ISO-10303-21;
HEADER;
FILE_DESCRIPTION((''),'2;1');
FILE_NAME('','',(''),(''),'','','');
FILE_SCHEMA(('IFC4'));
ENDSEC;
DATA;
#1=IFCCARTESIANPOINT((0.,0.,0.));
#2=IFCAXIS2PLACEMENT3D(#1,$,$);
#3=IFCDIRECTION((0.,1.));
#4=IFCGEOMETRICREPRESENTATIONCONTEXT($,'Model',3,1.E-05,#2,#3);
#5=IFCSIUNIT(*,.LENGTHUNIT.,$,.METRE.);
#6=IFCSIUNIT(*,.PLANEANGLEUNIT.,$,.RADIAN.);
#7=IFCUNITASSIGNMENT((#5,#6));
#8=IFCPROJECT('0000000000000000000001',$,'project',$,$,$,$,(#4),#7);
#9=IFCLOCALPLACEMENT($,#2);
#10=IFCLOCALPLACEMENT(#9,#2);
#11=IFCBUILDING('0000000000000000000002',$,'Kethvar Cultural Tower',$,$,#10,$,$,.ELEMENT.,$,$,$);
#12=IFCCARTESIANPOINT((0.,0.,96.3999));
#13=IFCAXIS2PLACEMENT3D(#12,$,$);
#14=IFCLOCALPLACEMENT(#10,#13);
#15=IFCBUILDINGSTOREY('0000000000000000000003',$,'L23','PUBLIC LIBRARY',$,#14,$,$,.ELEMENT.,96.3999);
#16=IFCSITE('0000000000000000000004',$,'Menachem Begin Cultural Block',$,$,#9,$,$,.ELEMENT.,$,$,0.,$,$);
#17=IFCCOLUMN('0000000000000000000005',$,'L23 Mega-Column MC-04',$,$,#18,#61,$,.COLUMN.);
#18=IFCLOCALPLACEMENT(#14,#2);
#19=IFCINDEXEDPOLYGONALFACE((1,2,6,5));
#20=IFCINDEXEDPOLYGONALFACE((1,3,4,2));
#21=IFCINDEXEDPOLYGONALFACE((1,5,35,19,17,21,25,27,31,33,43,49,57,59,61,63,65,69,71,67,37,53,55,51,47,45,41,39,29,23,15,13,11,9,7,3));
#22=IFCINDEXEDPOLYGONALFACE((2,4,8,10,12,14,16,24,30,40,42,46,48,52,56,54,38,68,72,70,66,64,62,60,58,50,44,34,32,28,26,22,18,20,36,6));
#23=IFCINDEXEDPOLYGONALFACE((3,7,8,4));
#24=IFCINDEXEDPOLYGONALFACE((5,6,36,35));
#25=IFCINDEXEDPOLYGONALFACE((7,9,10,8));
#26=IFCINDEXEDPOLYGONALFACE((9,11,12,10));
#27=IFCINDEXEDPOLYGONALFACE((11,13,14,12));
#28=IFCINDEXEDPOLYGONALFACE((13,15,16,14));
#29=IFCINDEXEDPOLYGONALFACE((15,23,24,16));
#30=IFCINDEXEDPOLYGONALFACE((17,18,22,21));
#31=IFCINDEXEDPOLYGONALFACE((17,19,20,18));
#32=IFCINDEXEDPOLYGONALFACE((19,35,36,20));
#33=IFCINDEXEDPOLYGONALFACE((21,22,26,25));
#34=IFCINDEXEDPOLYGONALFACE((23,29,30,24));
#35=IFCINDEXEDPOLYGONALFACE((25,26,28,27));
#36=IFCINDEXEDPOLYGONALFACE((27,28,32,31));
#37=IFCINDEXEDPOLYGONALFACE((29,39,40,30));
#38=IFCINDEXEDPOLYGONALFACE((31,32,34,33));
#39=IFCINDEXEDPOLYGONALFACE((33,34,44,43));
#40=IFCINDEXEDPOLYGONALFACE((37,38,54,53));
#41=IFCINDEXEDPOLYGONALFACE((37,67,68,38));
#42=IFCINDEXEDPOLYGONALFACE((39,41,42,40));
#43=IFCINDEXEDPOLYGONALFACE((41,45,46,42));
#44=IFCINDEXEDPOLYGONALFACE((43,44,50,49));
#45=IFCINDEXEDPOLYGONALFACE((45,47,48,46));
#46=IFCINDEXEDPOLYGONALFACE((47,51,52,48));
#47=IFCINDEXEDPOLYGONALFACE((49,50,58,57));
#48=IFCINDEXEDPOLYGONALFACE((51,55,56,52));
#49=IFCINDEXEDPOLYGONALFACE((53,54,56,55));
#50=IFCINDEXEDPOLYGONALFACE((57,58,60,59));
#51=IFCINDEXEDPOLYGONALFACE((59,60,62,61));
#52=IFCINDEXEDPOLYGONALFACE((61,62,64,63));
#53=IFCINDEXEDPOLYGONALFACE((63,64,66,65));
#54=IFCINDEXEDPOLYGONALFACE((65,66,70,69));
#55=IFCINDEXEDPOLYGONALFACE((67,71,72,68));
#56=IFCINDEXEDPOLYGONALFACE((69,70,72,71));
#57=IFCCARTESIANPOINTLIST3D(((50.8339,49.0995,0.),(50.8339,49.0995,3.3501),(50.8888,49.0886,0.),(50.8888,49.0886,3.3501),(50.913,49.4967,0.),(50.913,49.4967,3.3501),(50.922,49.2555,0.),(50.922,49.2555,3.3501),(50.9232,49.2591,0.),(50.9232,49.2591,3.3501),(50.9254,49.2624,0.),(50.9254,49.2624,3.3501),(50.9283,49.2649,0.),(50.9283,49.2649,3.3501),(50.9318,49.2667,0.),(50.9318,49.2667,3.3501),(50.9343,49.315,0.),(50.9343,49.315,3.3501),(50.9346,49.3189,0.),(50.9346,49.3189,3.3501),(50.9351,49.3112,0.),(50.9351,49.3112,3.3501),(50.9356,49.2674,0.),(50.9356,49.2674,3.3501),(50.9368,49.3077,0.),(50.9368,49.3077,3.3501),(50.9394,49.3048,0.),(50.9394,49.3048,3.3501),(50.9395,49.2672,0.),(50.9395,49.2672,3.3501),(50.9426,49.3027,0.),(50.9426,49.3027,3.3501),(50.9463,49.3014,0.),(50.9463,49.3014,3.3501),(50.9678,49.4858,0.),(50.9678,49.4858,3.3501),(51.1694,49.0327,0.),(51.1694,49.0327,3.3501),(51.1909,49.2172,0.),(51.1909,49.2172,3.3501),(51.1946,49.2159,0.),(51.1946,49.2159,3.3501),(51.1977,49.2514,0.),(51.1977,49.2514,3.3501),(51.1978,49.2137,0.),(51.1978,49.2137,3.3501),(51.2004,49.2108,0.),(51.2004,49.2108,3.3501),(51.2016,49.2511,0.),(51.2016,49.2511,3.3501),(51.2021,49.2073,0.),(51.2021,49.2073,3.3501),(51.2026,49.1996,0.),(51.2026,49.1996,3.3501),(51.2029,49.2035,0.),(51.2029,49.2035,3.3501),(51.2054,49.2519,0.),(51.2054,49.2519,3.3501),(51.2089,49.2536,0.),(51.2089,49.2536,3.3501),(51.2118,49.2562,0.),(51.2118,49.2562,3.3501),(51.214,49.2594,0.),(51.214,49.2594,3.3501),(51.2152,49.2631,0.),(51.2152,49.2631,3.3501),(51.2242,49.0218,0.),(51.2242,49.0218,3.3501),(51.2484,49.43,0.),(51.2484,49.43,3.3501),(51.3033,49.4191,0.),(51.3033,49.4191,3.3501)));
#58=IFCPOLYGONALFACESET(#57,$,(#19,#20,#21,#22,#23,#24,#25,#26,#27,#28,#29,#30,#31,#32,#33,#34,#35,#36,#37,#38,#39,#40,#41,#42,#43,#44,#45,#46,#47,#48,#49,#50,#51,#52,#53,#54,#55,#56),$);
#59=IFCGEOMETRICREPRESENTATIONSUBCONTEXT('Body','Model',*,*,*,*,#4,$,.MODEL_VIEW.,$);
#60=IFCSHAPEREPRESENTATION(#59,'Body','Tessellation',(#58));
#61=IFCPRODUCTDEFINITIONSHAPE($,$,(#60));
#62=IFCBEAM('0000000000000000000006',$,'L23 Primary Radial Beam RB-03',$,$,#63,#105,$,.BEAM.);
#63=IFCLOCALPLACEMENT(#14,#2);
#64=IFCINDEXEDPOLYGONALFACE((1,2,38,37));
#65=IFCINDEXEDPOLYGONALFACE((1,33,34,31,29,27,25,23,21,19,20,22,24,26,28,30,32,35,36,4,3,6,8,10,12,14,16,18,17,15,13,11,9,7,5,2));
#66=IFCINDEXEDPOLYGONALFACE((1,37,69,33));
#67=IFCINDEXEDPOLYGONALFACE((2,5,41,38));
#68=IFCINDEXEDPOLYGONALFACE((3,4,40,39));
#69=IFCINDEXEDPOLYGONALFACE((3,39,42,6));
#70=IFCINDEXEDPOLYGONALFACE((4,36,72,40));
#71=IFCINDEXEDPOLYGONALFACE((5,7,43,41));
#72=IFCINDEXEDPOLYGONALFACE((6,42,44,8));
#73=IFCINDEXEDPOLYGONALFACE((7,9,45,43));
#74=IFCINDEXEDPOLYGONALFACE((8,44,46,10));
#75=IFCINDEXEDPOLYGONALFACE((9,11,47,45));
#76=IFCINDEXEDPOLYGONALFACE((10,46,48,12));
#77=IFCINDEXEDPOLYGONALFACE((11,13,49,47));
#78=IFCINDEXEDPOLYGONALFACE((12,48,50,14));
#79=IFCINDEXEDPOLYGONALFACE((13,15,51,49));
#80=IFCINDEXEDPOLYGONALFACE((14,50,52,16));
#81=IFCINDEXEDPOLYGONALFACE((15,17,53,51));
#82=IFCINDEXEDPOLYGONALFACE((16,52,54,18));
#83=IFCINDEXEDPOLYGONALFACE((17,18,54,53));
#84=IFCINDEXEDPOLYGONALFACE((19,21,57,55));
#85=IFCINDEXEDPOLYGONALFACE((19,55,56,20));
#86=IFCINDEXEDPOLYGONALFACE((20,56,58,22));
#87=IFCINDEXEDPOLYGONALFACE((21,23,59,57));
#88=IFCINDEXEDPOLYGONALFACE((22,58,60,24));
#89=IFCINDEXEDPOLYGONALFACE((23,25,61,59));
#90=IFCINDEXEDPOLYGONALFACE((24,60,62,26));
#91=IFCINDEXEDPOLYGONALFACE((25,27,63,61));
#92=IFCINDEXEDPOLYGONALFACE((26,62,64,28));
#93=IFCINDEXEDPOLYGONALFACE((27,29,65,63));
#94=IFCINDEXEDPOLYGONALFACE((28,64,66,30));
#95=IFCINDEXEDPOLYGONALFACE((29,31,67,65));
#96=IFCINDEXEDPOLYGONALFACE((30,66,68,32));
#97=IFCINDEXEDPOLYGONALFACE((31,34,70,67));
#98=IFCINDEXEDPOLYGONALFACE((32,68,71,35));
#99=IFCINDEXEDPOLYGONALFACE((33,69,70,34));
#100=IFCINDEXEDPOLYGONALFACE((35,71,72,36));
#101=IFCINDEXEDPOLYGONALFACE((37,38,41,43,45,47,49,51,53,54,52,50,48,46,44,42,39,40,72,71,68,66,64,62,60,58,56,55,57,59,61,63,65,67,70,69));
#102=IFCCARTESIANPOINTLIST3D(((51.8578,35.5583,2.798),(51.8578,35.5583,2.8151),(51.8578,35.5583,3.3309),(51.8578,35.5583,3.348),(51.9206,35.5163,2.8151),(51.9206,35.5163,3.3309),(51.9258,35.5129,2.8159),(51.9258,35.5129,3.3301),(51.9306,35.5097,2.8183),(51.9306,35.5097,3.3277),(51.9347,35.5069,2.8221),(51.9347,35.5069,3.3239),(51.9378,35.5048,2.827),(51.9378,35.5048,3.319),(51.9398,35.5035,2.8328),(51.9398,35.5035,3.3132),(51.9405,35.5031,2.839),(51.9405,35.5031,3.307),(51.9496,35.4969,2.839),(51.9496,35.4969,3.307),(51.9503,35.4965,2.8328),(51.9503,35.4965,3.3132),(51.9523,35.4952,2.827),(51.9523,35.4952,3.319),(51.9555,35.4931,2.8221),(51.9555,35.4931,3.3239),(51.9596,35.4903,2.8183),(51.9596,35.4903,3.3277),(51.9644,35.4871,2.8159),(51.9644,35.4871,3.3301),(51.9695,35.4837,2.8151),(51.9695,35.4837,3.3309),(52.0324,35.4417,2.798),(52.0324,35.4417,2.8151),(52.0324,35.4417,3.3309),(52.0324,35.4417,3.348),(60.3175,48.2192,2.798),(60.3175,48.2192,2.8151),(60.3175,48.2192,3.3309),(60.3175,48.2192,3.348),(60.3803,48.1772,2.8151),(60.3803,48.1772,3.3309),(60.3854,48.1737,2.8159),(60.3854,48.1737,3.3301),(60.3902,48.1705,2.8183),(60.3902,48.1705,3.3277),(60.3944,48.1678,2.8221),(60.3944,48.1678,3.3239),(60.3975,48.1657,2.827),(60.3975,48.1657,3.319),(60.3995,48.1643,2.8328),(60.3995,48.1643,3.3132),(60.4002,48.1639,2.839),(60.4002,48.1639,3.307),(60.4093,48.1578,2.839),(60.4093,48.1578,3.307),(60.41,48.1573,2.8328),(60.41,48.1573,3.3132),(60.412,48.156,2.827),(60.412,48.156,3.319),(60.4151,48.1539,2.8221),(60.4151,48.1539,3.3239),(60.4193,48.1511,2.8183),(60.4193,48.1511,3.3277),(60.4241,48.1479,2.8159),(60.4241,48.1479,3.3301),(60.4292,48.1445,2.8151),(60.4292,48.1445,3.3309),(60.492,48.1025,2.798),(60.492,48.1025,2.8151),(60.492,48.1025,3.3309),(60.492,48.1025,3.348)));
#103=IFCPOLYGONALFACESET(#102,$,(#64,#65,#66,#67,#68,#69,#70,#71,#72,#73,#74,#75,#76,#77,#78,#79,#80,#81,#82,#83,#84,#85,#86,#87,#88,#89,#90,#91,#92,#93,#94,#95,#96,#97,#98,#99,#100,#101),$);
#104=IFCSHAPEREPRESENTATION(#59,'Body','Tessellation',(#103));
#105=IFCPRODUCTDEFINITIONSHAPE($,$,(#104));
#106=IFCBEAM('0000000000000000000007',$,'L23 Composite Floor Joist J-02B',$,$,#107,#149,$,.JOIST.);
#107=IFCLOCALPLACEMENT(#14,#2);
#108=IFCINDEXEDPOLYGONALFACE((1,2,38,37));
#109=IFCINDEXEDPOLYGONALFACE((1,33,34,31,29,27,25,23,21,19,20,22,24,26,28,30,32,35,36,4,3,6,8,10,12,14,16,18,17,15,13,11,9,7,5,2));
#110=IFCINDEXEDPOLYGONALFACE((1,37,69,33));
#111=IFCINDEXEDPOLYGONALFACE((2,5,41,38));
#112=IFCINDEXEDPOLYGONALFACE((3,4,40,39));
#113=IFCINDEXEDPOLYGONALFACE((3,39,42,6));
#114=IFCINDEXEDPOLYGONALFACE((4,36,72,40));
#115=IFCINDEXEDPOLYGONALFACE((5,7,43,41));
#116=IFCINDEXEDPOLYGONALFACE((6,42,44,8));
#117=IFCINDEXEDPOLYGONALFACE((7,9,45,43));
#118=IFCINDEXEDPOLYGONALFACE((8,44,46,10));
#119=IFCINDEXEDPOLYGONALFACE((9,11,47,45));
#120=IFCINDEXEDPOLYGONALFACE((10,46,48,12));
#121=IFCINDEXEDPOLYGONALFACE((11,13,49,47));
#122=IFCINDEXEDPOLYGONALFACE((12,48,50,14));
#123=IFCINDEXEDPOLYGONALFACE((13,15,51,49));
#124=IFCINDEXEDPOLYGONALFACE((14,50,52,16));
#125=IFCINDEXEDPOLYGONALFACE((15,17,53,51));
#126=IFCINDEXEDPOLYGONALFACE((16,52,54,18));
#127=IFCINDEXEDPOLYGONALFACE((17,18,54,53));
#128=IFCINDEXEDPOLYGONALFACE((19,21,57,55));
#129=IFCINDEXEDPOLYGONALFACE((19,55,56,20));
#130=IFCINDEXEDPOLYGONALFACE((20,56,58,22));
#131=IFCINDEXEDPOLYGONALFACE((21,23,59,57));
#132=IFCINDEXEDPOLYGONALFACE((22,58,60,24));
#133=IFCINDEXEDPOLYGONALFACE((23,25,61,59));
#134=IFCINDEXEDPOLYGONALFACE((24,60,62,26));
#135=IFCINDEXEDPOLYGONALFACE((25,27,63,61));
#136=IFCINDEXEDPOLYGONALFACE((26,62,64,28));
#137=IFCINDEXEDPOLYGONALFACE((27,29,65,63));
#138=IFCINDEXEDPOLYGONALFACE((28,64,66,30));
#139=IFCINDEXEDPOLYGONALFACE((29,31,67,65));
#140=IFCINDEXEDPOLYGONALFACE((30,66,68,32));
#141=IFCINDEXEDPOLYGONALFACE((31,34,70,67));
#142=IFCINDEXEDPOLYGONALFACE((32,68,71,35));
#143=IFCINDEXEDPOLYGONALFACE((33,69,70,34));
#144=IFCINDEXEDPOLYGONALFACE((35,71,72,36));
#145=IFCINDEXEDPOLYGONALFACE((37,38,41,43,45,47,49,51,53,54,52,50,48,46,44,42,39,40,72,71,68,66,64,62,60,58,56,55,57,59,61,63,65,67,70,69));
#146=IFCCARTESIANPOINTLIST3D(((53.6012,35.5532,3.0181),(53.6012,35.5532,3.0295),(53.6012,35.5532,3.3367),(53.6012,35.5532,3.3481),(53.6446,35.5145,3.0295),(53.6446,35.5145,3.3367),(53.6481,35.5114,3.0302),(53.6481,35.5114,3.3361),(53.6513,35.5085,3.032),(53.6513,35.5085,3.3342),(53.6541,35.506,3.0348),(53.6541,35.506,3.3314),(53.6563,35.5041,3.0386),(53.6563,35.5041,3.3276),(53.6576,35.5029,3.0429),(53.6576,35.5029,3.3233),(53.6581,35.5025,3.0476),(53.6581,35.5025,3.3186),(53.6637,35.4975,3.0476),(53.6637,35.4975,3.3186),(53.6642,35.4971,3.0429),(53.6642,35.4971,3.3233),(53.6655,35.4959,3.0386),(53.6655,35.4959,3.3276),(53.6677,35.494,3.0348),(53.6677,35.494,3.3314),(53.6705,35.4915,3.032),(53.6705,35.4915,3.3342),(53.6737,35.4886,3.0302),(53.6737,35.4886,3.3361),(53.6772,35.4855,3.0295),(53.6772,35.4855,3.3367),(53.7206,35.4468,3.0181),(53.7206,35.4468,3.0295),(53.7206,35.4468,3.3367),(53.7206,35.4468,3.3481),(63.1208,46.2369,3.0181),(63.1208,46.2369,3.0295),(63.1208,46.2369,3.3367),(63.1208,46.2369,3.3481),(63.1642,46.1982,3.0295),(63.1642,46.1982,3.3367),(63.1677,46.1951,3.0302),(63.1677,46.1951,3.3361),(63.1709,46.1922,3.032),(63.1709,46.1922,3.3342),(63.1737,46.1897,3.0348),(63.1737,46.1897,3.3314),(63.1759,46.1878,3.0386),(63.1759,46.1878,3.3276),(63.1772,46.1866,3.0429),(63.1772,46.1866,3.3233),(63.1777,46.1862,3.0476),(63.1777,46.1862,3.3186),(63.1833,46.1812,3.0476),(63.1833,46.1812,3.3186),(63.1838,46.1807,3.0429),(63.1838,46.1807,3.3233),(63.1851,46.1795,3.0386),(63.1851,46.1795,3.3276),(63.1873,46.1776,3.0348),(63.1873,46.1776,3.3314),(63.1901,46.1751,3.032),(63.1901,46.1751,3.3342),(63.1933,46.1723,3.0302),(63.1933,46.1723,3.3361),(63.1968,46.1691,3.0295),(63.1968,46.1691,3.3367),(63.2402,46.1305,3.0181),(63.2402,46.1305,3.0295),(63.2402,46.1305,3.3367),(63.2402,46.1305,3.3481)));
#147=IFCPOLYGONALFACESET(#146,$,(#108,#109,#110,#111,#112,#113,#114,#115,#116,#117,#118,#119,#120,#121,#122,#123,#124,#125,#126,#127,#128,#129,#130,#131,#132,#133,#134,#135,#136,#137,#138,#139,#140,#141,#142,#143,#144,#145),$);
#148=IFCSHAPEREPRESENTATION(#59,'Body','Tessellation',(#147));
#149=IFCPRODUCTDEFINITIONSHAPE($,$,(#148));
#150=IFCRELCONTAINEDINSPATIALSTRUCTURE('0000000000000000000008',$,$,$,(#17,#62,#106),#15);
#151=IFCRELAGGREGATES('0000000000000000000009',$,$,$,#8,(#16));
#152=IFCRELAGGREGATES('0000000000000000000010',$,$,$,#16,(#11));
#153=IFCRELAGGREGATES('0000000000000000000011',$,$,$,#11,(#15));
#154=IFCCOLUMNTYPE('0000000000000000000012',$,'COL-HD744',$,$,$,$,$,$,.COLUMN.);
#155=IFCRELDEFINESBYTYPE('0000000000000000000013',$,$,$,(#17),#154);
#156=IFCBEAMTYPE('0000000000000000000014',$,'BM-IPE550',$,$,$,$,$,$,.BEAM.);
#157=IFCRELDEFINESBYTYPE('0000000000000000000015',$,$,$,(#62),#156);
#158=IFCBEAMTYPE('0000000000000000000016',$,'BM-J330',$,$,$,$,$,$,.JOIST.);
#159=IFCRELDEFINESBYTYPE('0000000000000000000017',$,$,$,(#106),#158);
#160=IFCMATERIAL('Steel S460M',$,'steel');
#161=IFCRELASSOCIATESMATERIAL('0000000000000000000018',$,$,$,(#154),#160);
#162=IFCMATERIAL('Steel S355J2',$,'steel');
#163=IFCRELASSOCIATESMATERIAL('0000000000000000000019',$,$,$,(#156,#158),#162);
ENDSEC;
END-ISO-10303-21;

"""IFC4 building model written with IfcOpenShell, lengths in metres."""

from ifc_helpers import new_model, si_unit, direction, frame, origin, origin_2d, place, context, subcontext, project, spatial, i_section, extrude, source, transform, mapped, material, material_profile, profile_set, type_object, element, save


model = new_model("IFC4")

# Units and contexts
model_context = context("Model", 3, precision=1e-05, world=origin(), true_north=direction((0.0, 1.0)))
body_context = subcontext(model_context, "Body", "Model", "MODEL_VIEW")
ifc_project = project(units=[si_unit("LENGTHUNIT", "METRE"), si_unit("PLANEANGLEUNIT", "RADIAN")], contexts=[model_context])

# Site, building, storey
site_placement = place(None, origin())
site = spatial("IfcSite", under=ifc_project, at=site_placement, Name="Menachem Begin Cultural Block", CompositionType="ELEMENT", RefElevation=0.0)
building_placement = place(site_placement, origin())
building = spatial("IfcBuilding", under=site, at=building_placement, Name="Kethvar Cultural Tower", CompositionType="ELEMENT")
storey_placement = place(building_placement, frame((0.0, 0.0, 96.3999)))
storey = spatial("IfcBuildingStorey", under=building, at=storey_placement, Name="L23", Description="PUBLIC LIBRARY", CompositionType="ELEMENT", Elevation=96.3999)

# Column
ifc_material_1 = material(Name="Steel S460M", Category="steel")
ifc_material_profile_1 = material_profile(ifc_material_1, i_section(OverallWidth=0.405, OverallDepth=0.3979, WebThickness=0.0349, FlangeThickness=0.0559, FilletRadius=0.0149, at=origin_2d()), Name="Steel S460M — HD400x744")
ifc_profile_set_1 = profile_set([ifc_material_profile_1], Name="Steel S460M — HD400x744")
column_type = type_object("IfcColumnType", Name="COL-HD744", PredefinedType="COLUMN", material=ifc_profile_set_1)
shared_shape_1 = source(origin(), body_context, "Body", "SweptSolid", [
    extrude(i_section(OverallWidth=0.405, OverallDepth=0.3979, WebThickness=0.0349, FlangeThickness=0.0559, FilletRadius=0.0149, at=origin_2d()), origin(), (0.0, 0.0, 1.0), 3.3501),
])
column_placement = place(storey_placement, frame((51.0686, 49.2593, 0.0), z_axis=(0.0, 0.0, 1.0), x_axis=(0.19509, 0.980785, 0.0)))
element("IfcColumn", 1, at=column_placement, inside=storey, type_object=column_type, Name="L23 Mega-Column MC-04", PredefinedType="COLUMN", context=body_context, shape_type="MappedRepresentation", body=[
    mapped(shared_shape_1, transform((0.0, 0.0, 0.0), scale=1.0)),
])

# Beams
ifc_material_2 = material(Name="Steel S355J2", Category="steel")
ifc_material_profile_2 = material_profile(ifc_material_2, i_section(OverallWidth=0.21, OverallDepth=0.55, WebThickness=0.011, FlangeThickness=0.0171, FilletRadius=0.0239, at=origin_2d()), Name="Steel S355J2 — IPE550")
ifc_profile_set_2 = profile_set([ifc_material_profile_2], Name="Steel S355J2 — IPE550")
beam_type_1 = type_object("IfcBeamType", Name="BM-IPE550", PredefinedType="BEAM", material=ifc_profile_set_2)
shared_shape_2 = source(origin(), body_context, "Body", "SweptSolid", [
    extrude(i_section(OverallWidth=0.21, OverallDepth=0.55, WebThickness=0.011, FlangeThickness=0.0171, FilletRadius=0.0239, at=origin_2d()), origin(), (0.0, 0.0, 1.0), 15.2271),
])
beam_1_placement = place(storey_placement, frame((51.9451, 35.5, 3.073), z_axis=(0.555569, 0.83147, 0.0), x_axis=(-0.83147, 0.555569, 0.0)))
element("IfcBeam", 2, at=beam_1_placement, inside=storey, type_object=beam_type_1, Name="L23 Primary Radial Beam RB-03", PredefinedType="BEAM", context=body_context, shape_type="MappedRepresentation", body=[
    mapped(shared_shape_2, transform((0.0, 0.0, 0.0), scale=1.0)),
])
ifc_material_profile_3 = material_profile(ifc_material_2, i_section(OverallWidth=0.1599, OverallDepth=0.3301, WebThickness=0.0076, FlangeThickness=0.0115, FilletRadius=0.0181, at=origin_2d()), Name="Steel S355J2 — IPE330")
ifc_profile_set_3 = profile_set([ifc_material_profile_3], Name="Steel S355J2 — IPE330")
beam_type_2 = type_object("IfcBeamType", Name="BM-J330", PredefinedType="JOIST", material=ifc_profile_set_3)
shared_shape_3 = source(origin(), body_context, "Body", "SweptSolid", [
    extrude(i_section(OverallWidth=0.1599, OverallDepth=0.3301, WebThickness=0.0076, FlangeThickness=0.0115, FilletRadius=0.0181, at=origin_2d()), origin(), (0.0, 0.0, 1.0), 14.3096),
])
beam_2_placement = place(storey_placement, frame((53.6609, 35.5, 3.1831), z_axis=(0.665261, 0.746611, 0.0), x_axis=(-0.746611, 0.665261, 0.0)))
element("IfcBeam", 3, at=beam_2_placement, inside=storey, type_object=beam_type_2, Name="L23 Composite Floor Joist J-02B", PredefinedType="JOIST", context=body_context, shape_type="MappedRepresentation", body=[
    mapped(shared_shape_3, transform((0.0, 0.0, 0.0), scale=1.0)),
])

save(model, "model.ifc")
